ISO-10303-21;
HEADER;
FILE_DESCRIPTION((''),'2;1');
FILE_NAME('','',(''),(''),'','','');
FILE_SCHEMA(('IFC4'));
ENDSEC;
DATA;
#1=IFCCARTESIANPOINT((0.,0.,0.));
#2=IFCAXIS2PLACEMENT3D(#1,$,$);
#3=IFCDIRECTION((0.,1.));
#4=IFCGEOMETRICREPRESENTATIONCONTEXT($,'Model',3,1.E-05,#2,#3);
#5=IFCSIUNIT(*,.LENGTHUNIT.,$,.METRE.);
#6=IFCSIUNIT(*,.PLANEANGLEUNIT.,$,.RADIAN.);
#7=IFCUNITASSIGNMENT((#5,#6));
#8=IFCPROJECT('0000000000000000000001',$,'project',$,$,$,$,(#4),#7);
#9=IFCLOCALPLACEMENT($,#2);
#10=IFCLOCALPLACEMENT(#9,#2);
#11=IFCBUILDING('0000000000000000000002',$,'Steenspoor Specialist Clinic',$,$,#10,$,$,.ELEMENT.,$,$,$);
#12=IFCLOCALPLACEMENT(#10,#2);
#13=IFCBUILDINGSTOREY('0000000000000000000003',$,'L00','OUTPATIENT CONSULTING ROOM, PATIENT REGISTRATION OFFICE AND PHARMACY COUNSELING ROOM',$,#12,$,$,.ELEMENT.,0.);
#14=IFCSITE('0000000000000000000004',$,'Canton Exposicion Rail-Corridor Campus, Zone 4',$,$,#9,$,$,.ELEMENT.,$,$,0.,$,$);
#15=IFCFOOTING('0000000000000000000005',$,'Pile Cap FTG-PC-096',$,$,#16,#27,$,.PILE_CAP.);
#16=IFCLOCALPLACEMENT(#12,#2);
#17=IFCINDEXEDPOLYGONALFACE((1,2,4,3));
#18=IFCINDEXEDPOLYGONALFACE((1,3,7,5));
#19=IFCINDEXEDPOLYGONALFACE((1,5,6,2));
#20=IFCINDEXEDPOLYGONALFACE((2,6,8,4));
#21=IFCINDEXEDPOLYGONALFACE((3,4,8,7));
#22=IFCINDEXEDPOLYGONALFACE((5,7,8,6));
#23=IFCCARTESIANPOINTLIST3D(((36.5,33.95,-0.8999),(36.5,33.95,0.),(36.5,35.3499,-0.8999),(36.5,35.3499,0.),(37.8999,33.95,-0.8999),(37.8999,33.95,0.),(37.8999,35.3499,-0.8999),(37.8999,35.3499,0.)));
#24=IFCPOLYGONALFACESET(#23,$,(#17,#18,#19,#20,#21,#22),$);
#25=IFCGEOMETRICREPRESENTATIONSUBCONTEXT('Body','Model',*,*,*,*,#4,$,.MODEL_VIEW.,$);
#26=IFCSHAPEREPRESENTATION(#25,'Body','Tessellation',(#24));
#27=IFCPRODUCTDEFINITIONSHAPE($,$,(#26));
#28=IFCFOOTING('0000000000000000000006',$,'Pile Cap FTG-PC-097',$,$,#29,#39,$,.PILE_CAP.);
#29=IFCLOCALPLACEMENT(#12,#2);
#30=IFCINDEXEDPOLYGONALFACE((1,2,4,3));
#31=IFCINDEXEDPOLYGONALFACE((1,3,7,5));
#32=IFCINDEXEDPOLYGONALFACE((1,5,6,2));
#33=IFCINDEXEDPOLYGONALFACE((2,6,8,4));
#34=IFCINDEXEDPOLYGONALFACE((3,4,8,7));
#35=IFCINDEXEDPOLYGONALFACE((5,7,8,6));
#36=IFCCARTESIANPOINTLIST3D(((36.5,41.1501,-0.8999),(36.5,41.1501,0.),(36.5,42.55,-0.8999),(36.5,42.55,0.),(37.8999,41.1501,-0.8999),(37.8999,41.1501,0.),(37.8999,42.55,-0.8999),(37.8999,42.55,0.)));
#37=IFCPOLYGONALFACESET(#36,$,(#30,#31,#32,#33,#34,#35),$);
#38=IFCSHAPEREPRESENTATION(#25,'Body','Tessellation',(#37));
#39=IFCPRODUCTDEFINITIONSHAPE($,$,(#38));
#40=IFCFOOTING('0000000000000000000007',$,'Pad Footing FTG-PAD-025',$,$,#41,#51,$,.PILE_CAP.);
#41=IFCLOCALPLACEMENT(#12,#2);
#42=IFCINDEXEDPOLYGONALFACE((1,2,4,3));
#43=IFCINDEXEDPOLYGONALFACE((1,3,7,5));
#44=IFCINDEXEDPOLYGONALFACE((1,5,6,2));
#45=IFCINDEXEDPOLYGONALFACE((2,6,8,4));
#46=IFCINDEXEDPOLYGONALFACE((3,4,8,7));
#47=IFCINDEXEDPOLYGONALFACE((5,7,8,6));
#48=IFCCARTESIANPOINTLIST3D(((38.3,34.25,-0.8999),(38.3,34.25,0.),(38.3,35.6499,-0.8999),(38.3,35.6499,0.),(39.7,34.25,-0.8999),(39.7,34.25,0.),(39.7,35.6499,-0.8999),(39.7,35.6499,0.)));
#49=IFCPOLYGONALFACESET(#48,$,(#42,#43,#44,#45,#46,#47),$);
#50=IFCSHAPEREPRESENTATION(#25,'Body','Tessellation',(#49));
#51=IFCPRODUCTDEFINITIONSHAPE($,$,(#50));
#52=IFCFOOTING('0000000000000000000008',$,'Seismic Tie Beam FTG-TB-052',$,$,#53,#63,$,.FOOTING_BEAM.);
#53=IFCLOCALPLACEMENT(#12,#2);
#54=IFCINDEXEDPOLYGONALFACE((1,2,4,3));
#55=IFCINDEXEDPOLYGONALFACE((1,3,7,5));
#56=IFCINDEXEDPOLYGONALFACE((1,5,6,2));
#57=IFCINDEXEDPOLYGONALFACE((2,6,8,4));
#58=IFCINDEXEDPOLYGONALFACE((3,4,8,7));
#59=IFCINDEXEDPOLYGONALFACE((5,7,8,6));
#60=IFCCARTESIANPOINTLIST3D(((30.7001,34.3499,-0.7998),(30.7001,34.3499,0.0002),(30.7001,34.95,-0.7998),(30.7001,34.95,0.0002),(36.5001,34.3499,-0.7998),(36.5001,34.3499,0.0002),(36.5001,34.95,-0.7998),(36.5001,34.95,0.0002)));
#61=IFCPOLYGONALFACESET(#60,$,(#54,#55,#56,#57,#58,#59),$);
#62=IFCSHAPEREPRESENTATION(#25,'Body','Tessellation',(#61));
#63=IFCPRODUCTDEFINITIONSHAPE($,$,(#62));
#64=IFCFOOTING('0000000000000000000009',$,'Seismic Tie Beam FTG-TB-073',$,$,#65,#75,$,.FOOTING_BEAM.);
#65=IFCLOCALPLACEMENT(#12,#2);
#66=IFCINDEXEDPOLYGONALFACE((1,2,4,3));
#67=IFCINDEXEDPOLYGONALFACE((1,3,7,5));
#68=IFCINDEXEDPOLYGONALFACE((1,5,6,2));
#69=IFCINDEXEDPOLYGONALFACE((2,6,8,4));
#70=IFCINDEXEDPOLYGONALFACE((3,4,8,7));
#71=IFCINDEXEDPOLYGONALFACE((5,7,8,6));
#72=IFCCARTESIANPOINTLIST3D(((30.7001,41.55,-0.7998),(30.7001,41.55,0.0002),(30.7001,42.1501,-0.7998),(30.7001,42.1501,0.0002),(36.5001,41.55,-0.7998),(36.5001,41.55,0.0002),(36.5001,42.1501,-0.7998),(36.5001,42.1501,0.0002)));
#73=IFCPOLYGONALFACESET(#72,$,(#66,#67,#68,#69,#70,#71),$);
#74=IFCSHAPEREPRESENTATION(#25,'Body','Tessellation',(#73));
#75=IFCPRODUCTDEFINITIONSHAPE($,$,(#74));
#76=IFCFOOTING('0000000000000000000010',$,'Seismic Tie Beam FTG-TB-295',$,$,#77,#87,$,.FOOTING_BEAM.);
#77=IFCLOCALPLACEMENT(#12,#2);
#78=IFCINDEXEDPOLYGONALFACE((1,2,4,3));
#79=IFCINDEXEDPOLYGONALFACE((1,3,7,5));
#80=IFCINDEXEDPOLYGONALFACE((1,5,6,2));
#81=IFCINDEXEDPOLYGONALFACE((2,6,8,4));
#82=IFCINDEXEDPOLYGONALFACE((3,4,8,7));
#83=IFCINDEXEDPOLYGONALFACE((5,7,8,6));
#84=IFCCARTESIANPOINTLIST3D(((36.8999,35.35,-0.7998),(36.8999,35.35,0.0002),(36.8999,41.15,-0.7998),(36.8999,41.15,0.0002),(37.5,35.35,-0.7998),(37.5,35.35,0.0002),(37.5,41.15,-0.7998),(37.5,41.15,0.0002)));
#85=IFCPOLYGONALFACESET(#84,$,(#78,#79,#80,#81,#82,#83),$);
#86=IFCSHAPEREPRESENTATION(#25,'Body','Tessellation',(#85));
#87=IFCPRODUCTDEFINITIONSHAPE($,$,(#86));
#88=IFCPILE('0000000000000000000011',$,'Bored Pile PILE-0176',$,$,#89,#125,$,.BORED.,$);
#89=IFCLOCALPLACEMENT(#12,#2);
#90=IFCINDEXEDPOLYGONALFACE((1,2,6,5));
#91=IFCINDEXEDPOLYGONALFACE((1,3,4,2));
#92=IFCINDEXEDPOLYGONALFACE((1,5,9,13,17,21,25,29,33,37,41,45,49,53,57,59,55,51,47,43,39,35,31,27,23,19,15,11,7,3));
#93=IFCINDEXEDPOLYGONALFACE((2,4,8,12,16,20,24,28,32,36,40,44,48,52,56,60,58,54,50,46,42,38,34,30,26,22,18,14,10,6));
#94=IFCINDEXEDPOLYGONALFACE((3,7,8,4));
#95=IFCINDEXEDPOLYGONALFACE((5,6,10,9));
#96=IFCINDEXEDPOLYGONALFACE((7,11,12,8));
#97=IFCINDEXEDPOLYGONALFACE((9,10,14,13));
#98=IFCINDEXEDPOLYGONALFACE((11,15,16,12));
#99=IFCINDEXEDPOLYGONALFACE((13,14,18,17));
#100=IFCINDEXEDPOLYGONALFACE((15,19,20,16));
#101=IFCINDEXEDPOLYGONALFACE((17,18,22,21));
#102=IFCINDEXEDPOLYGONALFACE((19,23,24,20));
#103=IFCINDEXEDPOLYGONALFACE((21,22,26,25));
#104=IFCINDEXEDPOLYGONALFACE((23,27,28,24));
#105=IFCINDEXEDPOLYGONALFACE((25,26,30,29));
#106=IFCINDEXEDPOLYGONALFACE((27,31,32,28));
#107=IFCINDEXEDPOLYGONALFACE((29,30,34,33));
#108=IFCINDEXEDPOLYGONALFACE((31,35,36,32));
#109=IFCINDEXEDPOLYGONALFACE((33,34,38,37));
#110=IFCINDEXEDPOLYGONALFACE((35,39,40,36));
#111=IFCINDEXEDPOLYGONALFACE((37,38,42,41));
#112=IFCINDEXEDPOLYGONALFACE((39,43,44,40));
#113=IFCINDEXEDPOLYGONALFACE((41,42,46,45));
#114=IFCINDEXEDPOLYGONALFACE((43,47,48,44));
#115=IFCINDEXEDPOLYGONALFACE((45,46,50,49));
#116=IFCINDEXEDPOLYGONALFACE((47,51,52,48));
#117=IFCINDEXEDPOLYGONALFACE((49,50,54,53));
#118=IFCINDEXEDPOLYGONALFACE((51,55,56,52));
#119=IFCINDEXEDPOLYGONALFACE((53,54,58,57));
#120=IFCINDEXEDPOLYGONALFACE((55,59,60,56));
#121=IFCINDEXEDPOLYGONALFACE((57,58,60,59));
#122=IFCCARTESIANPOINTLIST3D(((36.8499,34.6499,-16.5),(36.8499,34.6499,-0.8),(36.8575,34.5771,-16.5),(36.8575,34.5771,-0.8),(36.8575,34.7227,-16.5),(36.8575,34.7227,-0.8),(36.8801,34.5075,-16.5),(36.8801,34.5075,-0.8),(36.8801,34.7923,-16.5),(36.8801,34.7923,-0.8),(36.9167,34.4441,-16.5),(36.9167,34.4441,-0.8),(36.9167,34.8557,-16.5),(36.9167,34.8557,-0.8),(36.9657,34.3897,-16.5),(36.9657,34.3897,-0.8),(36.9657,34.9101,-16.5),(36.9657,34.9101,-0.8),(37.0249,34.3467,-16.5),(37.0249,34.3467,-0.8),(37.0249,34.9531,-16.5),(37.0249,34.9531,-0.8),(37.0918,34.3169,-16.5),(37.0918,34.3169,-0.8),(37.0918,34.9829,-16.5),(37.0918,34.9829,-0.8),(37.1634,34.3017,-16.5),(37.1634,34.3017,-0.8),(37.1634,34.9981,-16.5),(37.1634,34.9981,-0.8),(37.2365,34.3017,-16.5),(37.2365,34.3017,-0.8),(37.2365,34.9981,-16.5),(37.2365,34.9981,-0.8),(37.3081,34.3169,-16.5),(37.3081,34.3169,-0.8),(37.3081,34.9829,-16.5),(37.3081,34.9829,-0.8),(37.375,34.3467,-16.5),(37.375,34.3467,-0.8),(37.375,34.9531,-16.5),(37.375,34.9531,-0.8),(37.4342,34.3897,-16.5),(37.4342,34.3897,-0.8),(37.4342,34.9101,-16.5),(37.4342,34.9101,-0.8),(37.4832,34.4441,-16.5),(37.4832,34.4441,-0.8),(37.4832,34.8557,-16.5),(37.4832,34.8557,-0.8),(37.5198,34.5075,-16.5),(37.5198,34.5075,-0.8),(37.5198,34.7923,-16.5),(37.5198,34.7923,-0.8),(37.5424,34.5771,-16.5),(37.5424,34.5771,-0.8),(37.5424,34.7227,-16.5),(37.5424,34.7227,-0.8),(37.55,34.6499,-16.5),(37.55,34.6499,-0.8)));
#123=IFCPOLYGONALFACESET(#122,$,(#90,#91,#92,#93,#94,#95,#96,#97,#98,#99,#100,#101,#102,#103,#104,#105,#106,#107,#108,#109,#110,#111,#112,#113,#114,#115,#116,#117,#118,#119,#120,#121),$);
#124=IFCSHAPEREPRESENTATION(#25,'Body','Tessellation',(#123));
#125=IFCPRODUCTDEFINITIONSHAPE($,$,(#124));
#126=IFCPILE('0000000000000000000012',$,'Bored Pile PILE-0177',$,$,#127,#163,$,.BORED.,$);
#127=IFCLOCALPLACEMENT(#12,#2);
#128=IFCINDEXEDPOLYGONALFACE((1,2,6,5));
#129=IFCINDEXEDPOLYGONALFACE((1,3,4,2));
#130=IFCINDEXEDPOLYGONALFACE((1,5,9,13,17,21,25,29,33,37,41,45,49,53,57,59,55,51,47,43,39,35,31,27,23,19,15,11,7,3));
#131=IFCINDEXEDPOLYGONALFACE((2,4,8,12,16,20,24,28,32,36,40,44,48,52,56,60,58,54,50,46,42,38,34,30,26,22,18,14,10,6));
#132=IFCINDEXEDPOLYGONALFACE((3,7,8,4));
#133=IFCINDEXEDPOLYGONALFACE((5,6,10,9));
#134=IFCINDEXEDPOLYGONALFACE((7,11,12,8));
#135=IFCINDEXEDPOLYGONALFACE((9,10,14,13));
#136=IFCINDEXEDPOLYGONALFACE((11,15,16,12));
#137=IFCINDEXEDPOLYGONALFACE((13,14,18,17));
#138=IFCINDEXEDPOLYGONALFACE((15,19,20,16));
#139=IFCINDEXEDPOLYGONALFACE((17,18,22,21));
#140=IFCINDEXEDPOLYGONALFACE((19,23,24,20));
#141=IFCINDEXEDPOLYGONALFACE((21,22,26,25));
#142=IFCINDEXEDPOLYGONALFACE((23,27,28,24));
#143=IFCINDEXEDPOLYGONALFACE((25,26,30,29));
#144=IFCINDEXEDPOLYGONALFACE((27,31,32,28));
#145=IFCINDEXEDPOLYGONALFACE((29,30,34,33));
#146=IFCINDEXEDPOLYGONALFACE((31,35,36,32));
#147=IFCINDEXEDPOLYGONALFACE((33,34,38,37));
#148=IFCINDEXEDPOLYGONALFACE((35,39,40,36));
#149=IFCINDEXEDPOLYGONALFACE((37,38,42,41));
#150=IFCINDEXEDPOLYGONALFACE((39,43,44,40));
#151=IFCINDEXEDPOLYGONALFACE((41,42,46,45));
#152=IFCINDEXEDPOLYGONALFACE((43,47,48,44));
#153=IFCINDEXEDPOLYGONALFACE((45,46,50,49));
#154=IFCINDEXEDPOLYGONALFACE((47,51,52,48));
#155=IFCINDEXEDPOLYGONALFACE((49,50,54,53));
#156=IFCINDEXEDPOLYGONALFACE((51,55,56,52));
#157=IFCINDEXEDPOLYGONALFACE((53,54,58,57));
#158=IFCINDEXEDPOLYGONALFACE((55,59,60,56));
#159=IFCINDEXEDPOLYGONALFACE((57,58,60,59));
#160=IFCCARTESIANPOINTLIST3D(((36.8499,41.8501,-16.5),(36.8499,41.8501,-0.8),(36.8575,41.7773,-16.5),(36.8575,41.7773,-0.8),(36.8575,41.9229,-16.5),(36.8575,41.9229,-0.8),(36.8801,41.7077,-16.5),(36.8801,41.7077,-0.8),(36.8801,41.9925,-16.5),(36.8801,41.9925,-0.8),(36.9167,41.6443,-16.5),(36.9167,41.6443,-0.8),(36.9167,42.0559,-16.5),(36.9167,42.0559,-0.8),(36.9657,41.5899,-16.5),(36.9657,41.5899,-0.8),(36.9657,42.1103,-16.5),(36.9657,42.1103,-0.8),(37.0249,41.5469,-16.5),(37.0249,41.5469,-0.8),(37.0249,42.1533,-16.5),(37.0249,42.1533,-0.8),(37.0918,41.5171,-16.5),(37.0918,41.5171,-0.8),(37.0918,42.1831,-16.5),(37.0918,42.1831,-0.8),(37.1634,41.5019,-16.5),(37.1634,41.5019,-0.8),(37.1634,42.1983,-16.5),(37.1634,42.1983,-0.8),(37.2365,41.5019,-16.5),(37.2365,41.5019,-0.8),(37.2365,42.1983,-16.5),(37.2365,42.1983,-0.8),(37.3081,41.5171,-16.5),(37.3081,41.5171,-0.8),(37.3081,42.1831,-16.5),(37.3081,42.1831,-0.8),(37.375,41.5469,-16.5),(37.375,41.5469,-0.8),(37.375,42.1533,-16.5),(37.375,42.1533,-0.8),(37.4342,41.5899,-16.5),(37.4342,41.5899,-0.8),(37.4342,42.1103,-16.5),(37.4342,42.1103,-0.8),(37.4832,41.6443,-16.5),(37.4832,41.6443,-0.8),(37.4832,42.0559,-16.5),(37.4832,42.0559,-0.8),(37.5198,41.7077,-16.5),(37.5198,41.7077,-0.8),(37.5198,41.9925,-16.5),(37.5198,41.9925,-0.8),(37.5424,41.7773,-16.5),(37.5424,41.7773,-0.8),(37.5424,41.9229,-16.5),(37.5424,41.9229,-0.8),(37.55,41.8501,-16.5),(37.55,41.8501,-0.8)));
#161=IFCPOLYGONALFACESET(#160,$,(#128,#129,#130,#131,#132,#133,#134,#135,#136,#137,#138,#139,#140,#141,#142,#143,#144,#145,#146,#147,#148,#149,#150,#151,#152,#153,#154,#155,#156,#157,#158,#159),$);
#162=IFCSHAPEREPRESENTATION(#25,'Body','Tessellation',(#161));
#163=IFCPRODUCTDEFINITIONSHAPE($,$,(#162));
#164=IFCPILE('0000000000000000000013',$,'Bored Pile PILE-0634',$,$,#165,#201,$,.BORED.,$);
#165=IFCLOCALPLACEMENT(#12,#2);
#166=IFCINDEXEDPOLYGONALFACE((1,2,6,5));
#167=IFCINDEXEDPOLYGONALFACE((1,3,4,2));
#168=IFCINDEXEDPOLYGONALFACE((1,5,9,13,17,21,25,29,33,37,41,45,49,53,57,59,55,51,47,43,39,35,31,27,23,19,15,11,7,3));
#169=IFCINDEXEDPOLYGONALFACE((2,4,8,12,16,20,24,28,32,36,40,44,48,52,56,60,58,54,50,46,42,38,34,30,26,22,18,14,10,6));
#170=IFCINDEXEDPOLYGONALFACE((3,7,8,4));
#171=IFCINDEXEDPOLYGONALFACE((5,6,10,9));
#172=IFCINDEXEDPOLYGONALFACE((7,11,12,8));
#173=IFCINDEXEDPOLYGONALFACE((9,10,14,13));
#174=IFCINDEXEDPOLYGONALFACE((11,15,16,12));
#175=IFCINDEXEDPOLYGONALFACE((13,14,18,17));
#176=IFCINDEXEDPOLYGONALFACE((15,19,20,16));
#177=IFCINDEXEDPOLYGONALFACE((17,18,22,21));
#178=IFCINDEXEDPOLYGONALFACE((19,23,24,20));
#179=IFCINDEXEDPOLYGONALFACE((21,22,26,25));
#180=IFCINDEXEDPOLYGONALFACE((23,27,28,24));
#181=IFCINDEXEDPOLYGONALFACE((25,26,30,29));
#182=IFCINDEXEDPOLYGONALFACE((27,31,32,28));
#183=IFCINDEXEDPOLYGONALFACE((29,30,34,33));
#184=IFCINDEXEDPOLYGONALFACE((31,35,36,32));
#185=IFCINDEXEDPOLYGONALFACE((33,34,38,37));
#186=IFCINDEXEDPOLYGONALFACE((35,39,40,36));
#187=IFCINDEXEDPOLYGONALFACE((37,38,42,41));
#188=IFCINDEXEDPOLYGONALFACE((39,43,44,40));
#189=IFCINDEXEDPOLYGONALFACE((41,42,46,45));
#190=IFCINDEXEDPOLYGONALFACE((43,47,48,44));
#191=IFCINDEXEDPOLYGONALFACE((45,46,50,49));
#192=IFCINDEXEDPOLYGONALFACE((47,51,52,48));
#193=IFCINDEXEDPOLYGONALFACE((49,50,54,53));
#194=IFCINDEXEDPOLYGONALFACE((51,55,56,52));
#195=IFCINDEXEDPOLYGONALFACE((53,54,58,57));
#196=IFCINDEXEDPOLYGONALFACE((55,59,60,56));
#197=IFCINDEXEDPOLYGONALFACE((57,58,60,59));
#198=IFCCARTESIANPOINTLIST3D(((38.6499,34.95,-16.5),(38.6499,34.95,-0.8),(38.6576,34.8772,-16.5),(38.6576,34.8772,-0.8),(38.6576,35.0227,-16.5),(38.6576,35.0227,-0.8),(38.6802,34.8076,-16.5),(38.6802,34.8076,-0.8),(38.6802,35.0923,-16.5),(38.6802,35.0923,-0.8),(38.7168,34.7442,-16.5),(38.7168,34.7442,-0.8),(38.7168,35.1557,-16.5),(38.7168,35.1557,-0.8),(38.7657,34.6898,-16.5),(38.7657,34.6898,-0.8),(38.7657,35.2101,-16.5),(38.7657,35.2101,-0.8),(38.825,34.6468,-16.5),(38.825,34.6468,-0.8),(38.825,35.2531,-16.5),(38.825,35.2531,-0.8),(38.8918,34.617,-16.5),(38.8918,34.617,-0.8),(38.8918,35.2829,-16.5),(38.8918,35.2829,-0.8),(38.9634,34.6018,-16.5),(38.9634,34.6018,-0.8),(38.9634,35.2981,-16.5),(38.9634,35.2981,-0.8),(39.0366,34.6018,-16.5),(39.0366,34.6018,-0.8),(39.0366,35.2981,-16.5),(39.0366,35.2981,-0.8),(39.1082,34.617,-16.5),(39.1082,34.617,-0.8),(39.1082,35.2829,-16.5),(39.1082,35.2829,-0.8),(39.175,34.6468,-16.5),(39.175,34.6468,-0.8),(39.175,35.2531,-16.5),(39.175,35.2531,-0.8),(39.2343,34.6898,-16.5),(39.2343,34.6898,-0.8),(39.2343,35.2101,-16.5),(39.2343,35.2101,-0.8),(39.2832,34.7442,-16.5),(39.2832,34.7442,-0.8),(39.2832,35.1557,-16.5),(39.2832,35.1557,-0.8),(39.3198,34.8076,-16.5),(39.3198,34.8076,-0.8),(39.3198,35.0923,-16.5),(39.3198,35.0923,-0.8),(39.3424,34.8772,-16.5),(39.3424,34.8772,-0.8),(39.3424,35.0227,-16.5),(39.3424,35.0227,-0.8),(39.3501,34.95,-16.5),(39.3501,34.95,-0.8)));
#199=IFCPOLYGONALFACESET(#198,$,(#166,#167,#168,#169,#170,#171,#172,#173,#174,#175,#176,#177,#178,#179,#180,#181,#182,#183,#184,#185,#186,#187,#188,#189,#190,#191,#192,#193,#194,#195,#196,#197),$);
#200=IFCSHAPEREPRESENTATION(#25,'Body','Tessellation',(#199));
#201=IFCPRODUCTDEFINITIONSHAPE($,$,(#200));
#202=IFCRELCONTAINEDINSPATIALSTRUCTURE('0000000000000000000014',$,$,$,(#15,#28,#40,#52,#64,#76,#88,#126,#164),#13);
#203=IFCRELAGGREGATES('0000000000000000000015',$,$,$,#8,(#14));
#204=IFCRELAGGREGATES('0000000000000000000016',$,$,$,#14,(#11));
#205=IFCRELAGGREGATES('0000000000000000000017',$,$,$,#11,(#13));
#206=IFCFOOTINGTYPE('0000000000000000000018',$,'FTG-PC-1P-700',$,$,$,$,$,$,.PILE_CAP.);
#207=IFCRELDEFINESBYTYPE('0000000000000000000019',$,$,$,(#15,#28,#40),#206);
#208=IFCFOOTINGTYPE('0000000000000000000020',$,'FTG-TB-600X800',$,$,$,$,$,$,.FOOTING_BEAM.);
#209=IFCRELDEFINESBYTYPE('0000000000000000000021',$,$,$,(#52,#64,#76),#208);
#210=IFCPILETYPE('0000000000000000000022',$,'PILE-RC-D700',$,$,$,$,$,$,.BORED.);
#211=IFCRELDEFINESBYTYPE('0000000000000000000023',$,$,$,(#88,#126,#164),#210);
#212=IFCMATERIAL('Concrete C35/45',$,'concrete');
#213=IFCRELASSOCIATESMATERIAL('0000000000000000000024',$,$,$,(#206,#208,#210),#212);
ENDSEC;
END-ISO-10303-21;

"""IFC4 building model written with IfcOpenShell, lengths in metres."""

from ifc_helpers import new_model, si_unit, direction, frame, origin, origin_2d, place, context, subcontext, project, spatial, rectangle, circle, extrude, material, material_profile, profile_set, type_object, element, save


model = new_model("IFC4")

# Units and contexts
model_context = context("Model", 3, precision=1e-05, world=origin(), true_north=direction((0.0, 1.0)))
body_context = subcontext(model_context, "Body", "Model", "MODEL_VIEW")
ifc_project = project(units=[si_unit("LENGTHUNIT", "METRE"), si_unit("PLANEANGLEUNIT", "RADIAN")], contexts=[model_context])

# Site, building, storey
site_placement = place(None, origin())
site = spatial("IfcSite", under=ifc_project, at=site_placement, Name="Canton Exposicion Rail-Corridor Campus, Zone 4", CompositionType="ELEMENT", RefElevation=0.0)
building_placement = place(site_placement, origin())
building = spatial("IfcBuilding", under=site, at=building_placement, Name="Steenspoor Specialist Clinic", CompositionType="ELEMENT")
storey_placement = place(building_placement, origin())
storey = spatial("IfcBuildingStorey", under=building, at=storey_placement, Name="L00", Description="OUTPATIENT CONSULTING ROOM, PATIENT REGISTRATION OFFICE AND PHARMACY COUNSELING ROOM", CompositionType="ELEMENT", Elevation=0.0)

# Footings
ifc_material_1 = material(Name="Concrete C35/45", Category="concrete")
footing_type_1 = type_object("IfcFootingType", Name="FTG-PC-1P-700", PredefinedType="PILE_CAP", material=ifc_material_1)
for number, where, z_axis, x_axis, name in (
    (1, (37.2, 34.6499, -0.8999), (0.0, 0.0, 1.0), (1.0, 0.0, 0.0), "Pile Cap FTG-PC-096"),
    (2, (37.2, 41.8501, -0.8999), (0.0, 0.0, 1.0), (1.0, 0.0, 0.0), "Pile Cap FTG-PC-097"),
    (3, (39.0, 34.95, -0.8999), (0.0, 0.0, 1.0), (1.0, 0.0, 0.0), "Pad Footing FTG-PAD-025"),
):
    element("IfcFooting", number, at=place(storey_placement, frame(where, z_axis=z_axis, x_axis=x_axis)), inside=storey, type_object=footing_type_1, Name=name, PredefinedType="PILE_CAP", context=body_context, shape_type="SweptSolid", body=[
        extrude(rectangle(XDim=1.3999, YDim=1.3999, at=origin_2d()), origin(), (0.0, 0.0, 1.0), 0.8999),
    ])
footing_type_2 = type_object("IfcFootingType", Name="FTG-TB-600X800", PredefinedType="FOOTING_BEAM", material=ifc_material_1)
for number, where, z_axis, x_axis, name in (
    (4, (33.6001, 34.6499, -0.7998), (0.0, 0.0, 1.0), (1.0, 0.0, 0.0), "Seismic Tie Beam FTG-TB-052"),
    (5, (33.6001, 41.8501, -0.7998), (0.0, 0.0, 1.0), (1.0, 0.0, 0.0), "Seismic Tie Beam FTG-TB-073"),
):
    element("IfcFooting", number, at=place(storey_placement, frame(where, z_axis=z_axis, x_axis=x_axis)), inside=storey, type_object=footing_type_2, Name=name, PredefinedType="FOOTING_BEAM", context=body_context, shape_type="SweptSolid", body=[
        extrude(rectangle(XDim=5.8, YDim=0.6001, at=origin_2d()), origin(), (0.0, 0.0, 1.0), 0.8),
    ])
footing_placement = place(storey_placement, frame((37.2, 38.25, -0.7998), z_axis=(0.0, 0.0, 1.0), x_axis=(1.0, 0.0, 0.0)))
element("IfcFooting", 6, at=footing_placement, inside=storey, type_object=footing_type_2, Name="Seismic Tie Beam FTG-TB-295", PredefinedType="FOOTING_BEAM", context=body_context, shape_type="SweptSolid", body=[
    extrude(rectangle(XDim=0.6001, YDim=5.8, at=origin_2d()), origin(), (0.0, 0.0, 1.0), 0.8),
])

# Piles
ifc_material_profile_1 = material_profile(ifc_material_1, circle(Radius=0.3501, at=origin_2d()), Name="PILE-D700")
ifc_profile_set_1 = profile_set([ifc_material_profile_1], Name="Concrete C35/45")
pile_type = type_object("IfcPileType", Name="PILE-RC-D700", PredefinedType="BORED", material=ifc_profile_set_1)
for number, where, z_axis, x_axis, name in (
    (7, (37.2, 34.6499, -0.8), (0.0, 0.0, -1.0), (1.0, 0.0, 0.0), "Bored Pile PILE-0176"),
    (8, (37.2, 41.8501, -0.8), (0.0, 0.0, -1.0), (1.0, 0.0, 0.0), "Bored Pile PILE-0177"),
    (9, (39.0, 34.95, -0.8), (0.0, 0.0, -1.0), (1.0, 0.0, 0.0), "Bored Pile PILE-0634"),
):
    element("IfcPile", number, at=place(storey_placement, frame(where, z_axis=z_axis, x_axis=x_axis)), inside=storey, type_object=pile_type, Name=name, PredefinedType="BORED", context=body_context, shape_type="SweptSolid", body=[
        extrude(circle(Radius=0.3501, at=origin_2d()), origin(), (0.0, 0.0, 1.0), 15.7),
    ])

save(model, "model.ifc")
